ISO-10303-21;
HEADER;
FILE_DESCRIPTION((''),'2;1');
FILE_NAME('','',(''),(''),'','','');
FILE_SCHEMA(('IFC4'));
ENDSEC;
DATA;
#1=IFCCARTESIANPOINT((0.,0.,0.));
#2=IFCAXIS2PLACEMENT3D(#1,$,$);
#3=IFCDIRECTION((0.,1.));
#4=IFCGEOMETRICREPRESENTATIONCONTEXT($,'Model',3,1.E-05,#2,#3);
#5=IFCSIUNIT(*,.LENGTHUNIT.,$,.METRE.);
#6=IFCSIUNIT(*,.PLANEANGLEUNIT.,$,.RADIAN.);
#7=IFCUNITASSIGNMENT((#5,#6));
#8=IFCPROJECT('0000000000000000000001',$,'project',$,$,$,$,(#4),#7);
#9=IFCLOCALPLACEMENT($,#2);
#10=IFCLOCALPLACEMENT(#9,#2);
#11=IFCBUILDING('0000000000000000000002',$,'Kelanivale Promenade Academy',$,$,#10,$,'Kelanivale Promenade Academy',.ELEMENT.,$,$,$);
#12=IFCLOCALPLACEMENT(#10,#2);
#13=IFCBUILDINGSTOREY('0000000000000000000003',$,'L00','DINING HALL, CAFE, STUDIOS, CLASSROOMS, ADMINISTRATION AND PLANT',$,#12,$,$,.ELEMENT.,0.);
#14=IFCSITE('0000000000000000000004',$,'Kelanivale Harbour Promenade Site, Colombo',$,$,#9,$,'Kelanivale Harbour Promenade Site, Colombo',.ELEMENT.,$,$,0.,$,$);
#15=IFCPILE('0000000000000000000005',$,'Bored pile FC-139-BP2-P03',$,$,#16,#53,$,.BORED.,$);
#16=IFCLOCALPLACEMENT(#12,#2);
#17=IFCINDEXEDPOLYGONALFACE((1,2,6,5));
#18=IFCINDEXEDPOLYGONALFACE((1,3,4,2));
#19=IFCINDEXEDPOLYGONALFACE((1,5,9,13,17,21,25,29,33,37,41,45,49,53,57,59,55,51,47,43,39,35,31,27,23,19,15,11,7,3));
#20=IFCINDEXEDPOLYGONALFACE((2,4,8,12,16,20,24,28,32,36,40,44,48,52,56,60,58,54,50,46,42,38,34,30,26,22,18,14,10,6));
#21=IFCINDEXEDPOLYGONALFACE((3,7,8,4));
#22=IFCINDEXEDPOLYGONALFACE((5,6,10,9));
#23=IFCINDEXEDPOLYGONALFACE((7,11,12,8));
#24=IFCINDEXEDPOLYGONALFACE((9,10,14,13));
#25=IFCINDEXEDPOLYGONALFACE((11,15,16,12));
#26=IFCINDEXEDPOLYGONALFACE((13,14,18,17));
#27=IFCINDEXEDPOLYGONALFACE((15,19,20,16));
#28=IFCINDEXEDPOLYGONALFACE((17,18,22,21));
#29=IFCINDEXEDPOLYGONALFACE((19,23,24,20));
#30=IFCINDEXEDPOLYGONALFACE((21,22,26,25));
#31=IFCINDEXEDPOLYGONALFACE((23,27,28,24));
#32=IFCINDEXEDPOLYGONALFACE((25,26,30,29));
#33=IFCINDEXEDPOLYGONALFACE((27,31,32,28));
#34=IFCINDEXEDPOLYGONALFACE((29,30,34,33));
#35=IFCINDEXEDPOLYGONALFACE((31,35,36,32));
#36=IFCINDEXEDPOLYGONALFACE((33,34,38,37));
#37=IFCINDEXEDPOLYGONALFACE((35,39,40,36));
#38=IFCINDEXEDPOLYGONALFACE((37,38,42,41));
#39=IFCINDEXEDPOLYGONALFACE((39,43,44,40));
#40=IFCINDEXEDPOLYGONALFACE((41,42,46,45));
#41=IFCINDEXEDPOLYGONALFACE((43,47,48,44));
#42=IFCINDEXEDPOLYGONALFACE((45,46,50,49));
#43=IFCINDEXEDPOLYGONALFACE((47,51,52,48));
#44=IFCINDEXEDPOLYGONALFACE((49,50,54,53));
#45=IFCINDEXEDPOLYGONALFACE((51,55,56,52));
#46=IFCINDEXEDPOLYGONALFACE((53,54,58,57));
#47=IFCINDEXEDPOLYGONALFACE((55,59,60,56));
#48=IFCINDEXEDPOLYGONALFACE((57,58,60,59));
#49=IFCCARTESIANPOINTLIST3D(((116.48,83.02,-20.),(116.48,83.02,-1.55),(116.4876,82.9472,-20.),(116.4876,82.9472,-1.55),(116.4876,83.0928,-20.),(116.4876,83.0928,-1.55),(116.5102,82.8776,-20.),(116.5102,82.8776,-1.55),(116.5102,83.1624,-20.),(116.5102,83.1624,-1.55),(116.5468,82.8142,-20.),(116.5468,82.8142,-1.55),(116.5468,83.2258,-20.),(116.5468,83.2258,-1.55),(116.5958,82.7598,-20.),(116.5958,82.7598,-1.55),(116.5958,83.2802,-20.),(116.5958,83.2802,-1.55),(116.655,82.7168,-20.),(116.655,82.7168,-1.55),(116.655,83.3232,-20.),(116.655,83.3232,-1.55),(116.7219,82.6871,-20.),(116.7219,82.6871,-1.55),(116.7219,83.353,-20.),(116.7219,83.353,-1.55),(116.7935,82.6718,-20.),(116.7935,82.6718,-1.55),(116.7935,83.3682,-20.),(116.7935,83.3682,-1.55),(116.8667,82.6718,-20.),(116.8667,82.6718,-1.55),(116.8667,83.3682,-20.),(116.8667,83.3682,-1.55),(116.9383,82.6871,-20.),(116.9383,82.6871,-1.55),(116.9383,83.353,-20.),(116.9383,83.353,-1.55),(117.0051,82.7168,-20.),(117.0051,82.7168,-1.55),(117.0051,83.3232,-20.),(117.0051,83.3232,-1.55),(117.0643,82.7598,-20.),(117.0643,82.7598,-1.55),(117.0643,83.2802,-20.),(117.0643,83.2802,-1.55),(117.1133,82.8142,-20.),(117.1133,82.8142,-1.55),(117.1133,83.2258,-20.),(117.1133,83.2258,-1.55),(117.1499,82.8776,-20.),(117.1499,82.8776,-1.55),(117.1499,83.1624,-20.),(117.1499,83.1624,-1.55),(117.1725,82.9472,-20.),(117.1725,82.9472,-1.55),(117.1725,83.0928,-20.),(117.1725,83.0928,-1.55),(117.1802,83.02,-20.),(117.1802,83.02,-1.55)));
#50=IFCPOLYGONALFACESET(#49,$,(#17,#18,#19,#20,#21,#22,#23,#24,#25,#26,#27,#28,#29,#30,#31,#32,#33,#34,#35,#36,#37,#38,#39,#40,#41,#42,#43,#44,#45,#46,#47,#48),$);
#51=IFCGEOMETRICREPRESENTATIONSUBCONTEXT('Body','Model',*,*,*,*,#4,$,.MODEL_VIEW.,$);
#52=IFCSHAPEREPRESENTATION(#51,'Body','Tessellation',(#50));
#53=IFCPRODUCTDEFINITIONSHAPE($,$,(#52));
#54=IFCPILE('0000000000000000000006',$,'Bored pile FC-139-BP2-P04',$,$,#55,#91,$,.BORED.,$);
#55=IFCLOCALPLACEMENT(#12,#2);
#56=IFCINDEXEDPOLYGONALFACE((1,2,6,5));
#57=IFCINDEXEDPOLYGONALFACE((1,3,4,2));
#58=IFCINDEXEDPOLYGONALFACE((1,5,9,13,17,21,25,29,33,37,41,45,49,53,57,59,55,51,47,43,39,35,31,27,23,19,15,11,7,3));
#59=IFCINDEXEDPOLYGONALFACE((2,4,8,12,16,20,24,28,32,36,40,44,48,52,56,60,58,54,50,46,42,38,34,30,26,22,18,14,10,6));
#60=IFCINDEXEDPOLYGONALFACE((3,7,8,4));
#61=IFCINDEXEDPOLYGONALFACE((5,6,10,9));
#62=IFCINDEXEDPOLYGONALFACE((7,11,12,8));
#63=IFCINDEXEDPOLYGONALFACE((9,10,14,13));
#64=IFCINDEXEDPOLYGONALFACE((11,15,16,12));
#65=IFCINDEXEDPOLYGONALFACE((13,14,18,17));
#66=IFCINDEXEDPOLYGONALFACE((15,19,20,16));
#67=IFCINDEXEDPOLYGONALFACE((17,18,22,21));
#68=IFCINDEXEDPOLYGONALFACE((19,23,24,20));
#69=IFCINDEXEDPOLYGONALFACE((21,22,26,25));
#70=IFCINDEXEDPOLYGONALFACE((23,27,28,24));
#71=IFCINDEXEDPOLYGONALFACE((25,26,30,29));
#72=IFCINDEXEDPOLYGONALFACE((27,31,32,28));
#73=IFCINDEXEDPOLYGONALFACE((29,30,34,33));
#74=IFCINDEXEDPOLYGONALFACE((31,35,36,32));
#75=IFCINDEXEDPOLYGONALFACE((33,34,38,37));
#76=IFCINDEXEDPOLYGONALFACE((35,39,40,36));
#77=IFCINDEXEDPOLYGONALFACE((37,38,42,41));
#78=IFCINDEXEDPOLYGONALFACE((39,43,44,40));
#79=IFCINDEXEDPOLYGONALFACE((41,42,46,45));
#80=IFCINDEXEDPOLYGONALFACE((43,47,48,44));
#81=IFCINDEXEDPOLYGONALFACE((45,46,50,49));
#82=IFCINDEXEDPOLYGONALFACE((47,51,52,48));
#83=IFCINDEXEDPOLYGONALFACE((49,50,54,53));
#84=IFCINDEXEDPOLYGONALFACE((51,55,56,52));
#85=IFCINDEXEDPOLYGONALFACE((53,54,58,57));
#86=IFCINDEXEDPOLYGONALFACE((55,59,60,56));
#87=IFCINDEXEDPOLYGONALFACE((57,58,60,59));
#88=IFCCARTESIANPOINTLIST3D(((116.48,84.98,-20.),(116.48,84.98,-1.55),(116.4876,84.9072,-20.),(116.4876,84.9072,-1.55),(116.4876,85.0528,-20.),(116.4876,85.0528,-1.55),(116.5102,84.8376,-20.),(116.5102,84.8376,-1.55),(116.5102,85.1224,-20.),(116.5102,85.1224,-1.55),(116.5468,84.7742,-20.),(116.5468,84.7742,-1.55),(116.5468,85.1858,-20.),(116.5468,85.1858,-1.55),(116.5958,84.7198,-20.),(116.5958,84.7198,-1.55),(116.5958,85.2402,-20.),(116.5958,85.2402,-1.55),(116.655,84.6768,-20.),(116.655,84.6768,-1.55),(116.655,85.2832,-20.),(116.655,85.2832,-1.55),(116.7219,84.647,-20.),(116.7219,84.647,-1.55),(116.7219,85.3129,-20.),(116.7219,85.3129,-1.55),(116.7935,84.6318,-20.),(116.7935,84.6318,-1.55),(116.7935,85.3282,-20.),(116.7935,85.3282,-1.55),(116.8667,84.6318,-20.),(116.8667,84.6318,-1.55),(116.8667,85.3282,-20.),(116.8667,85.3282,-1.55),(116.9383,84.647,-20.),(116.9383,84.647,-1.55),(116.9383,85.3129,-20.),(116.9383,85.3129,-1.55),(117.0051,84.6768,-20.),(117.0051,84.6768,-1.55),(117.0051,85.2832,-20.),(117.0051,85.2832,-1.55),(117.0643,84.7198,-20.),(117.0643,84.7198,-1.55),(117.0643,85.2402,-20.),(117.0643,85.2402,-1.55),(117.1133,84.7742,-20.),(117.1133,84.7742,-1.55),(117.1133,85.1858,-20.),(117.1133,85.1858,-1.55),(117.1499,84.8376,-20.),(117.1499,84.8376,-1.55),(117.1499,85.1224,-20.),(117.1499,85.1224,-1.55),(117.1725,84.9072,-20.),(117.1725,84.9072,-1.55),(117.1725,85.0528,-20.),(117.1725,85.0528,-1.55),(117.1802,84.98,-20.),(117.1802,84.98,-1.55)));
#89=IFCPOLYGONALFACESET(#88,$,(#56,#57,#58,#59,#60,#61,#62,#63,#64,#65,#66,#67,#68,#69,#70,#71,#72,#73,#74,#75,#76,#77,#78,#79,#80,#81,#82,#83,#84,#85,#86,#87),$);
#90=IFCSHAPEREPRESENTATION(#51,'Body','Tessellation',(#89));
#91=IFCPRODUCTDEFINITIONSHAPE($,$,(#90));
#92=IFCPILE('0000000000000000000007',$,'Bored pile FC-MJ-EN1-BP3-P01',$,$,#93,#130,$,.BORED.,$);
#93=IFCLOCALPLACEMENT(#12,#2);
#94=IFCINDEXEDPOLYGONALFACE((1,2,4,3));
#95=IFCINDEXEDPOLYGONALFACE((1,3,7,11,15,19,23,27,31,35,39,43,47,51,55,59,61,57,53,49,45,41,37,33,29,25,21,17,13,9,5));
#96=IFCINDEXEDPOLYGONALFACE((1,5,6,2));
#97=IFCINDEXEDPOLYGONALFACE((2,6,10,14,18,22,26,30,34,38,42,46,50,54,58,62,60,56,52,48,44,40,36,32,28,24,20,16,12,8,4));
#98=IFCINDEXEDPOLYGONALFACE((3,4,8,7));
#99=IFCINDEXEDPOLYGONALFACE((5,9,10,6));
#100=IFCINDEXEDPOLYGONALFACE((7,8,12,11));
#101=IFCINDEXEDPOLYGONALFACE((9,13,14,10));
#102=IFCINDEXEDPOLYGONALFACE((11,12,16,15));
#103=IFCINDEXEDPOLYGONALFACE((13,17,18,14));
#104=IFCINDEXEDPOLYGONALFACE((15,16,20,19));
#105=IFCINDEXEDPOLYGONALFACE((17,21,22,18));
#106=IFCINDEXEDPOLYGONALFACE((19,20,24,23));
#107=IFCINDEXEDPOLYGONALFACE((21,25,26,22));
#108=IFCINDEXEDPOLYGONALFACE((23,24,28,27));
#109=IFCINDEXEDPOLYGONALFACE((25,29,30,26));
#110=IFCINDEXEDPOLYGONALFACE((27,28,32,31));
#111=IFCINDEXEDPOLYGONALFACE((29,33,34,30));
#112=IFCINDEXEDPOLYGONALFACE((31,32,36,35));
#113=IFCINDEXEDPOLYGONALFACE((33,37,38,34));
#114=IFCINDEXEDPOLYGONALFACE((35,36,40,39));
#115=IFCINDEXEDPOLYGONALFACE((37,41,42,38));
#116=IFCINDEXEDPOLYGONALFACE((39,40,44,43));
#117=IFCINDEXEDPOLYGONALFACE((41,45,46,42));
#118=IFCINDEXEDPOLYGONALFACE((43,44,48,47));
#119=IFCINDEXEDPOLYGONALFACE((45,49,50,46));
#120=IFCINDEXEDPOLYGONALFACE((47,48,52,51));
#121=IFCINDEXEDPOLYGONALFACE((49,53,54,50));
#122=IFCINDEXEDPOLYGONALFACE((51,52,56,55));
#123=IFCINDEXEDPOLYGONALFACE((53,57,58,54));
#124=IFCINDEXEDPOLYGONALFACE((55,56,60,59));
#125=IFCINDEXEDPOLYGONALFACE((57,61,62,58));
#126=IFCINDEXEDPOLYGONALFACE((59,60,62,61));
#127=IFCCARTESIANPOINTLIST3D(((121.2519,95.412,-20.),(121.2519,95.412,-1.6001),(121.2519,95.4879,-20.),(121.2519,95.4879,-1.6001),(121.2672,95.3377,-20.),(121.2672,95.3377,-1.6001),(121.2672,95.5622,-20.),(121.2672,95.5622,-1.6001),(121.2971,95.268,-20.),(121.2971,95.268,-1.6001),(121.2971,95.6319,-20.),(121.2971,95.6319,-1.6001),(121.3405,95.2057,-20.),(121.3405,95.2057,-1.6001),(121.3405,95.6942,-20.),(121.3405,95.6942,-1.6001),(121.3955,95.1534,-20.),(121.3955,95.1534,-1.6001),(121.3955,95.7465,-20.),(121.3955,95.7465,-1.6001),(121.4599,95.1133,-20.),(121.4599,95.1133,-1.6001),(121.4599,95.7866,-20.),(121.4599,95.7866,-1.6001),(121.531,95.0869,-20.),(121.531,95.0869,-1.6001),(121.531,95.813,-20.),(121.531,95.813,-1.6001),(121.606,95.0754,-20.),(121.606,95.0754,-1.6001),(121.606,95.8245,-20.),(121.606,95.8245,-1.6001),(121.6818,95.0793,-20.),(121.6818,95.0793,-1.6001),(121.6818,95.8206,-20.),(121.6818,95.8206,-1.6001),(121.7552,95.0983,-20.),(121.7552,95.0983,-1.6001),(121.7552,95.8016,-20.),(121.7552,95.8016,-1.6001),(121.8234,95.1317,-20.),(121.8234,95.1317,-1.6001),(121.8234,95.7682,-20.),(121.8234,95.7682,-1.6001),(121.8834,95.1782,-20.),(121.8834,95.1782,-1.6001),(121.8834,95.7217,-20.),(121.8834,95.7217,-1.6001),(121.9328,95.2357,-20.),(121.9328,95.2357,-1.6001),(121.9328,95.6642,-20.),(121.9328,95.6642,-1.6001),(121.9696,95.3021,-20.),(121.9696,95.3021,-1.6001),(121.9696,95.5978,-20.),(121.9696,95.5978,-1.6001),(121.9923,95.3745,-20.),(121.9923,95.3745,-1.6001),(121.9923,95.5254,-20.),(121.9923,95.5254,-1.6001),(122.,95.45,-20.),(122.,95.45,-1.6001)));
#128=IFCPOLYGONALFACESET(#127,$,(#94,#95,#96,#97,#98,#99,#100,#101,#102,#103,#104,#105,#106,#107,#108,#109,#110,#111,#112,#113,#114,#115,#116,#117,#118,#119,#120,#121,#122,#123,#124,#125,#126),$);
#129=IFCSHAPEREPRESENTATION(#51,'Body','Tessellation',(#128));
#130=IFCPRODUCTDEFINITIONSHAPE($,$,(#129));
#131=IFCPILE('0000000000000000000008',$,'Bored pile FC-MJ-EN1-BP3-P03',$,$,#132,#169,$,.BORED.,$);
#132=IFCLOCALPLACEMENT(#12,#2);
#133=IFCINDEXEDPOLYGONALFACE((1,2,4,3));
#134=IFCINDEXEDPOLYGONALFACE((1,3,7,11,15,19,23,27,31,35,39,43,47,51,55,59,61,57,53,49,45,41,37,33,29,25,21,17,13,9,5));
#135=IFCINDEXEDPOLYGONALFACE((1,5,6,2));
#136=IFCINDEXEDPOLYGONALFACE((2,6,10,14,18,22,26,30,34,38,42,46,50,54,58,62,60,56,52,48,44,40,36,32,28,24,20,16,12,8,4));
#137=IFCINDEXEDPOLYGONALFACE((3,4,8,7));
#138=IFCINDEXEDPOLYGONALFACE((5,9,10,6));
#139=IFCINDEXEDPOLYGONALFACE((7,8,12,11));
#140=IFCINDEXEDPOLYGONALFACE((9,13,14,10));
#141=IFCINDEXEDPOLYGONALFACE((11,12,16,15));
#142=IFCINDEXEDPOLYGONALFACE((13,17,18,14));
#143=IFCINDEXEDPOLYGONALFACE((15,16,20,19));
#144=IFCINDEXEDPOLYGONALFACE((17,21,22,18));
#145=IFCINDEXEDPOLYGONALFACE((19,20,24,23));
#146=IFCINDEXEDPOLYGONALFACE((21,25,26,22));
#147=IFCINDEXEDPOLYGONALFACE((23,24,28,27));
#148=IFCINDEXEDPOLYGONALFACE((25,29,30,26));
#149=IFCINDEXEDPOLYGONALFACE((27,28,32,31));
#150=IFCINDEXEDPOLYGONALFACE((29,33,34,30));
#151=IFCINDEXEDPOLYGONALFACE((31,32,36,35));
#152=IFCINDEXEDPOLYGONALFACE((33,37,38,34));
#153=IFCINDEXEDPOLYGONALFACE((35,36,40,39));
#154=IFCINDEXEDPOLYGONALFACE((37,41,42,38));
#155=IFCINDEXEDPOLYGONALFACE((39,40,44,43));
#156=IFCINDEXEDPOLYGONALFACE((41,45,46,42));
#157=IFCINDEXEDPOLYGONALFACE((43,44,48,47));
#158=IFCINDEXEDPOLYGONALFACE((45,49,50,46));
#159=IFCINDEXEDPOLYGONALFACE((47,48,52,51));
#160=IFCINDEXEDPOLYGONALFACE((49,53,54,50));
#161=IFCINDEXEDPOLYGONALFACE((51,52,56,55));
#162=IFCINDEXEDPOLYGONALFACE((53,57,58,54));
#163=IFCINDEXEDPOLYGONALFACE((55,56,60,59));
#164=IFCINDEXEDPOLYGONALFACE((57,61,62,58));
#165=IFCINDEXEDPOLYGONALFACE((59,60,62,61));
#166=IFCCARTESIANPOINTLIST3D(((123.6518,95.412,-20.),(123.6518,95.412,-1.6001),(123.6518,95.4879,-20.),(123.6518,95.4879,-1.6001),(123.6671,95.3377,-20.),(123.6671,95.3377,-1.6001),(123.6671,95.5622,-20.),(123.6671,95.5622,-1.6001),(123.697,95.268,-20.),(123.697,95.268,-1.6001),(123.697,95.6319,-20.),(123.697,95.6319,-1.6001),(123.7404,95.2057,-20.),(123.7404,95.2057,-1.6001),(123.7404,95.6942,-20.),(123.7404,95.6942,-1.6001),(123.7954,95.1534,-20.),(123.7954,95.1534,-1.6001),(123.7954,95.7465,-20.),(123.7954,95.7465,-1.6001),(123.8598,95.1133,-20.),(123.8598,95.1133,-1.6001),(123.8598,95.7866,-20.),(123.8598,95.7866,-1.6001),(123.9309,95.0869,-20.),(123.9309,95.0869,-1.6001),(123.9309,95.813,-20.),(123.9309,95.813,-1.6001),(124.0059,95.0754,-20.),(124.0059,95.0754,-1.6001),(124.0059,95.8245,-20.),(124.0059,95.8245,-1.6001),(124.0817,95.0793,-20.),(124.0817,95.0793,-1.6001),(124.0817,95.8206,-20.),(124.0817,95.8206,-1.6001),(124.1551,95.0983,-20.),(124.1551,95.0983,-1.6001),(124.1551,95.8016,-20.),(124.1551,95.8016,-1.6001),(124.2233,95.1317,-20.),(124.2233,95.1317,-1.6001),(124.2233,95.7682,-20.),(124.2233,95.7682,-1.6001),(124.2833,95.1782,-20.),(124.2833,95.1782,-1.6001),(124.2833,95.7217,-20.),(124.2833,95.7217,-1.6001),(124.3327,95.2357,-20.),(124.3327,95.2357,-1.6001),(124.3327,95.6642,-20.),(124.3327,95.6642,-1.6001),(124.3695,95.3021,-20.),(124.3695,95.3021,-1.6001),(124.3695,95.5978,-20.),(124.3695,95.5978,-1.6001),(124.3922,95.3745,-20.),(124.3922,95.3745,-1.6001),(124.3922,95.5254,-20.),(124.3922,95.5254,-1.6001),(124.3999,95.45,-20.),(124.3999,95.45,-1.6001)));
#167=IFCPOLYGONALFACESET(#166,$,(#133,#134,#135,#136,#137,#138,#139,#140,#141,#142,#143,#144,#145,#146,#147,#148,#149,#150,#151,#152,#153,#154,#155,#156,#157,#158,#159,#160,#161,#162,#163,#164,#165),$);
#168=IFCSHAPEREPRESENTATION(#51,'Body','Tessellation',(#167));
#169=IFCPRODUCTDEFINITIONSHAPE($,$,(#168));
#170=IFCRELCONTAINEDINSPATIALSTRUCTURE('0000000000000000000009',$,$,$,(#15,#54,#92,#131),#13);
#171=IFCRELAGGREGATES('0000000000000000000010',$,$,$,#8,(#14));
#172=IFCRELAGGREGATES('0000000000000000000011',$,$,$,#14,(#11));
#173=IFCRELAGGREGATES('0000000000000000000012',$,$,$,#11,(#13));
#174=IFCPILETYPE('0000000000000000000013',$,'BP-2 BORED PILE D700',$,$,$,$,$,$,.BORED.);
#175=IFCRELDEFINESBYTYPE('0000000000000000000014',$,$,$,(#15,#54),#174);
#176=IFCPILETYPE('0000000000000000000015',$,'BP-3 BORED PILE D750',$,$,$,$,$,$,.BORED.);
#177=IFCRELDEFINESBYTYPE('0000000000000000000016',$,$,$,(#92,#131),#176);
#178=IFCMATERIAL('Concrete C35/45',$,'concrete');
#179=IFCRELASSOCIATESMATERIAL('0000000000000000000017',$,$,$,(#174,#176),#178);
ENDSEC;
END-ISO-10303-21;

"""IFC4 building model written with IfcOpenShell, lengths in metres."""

from ifc_helpers import new_model, si_unit, direction, frame, origin, origin_2d, place, context, subcontext, project, spatial, circle, extrude, material, material_profile, profile_set, type_object, element, save


model = new_model("IFC4")

# Units and contexts
model_context = context("Model", 3, precision=1e-05, world=origin(), true_north=direction((0.0, 1.0)))
body_context = subcontext(model_context, "Body", "Model", "MODEL_VIEW")
ifc_project = project(units=[si_unit("LENGTHUNIT", "METRE"), si_unit("PLANEANGLEUNIT", "RADIAN")], contexts=[model_context])

# Site, building, storey
site_placement = place(None, origin())
site = spatial("IfcSite", under=ifc_project, at=site_placement, Name="Kelanivale Harbour Promenade Site, Colombo", LongName="Kelanivale Harbour Promenade Site, Colombo", CompositionType="ELEMENT", RefElevation=0.0)
building_placement = place(site_placement, origin())
building = spatial("IfcBuilding", under=site, at=building_placement, Name="Kelanivale Promenade Academy", LongName="Kelanivale Promenade Academy", CompositionType="ELEMENT")
storey_placement = place(building_placement, origin())
storey = spatial("IfcBuildingStorey", under=building, at=storey_placement, Name="L00", Description="DINING HALL, CAFE, STUDIOS, CLASSROOMS, ADMINISTRATION AND PLANT", CompositionType="ELEMENT", Elevation=0.0)

# Piles
ifc_material_1 = material(Name="Concrete C35/45", Category="concrete")
ifc_material_profile_1 = material_profile(ifc_material_1, circle(Radius=0.3501, at=origin_2d()), Name="BORED PILE D700")
ifc_profile_set_1 = profile_set([ifc_material_profile_1], Name="Concrete C35/45")
pile_type_1 = type_object("IfcPileType", Name="BP-2 BORED PILE D700", PredefinedType="BORED", material=ifc_profile_set_1)
for number, where, z_axis, x_axis, name in (
    (1, (116.8301, 83.02, -1.55), (0.0, 0.0, -1.0), (1.0, 0.0, 0.0), "Bored pile FC-139-BP2-P03"),
    (2, (116.8301, 84.98, -1.55), (0.0, 0.0, -1.0), (1.0, 0.0, 0.0), "Bored pile FC-139-BP2-P04"),
):
    element("IfcPile", number, at=place(storey_placement, frame(where, z_axis=z_axis, x_axis=x_axis)), inside=storey, type_object=pile_type_1, Name=name, PredefinedType="BORED", context=body_context, shape_type="SweptSolid", body=[
        extrude(circle(Radius=0.3501, at=origin_2d()), origin(), (0.0, 0.0, 1.0), 18.45),
    ])
ifc_material_profile_2 = material_profile(ifc_material_1, circle(Radius=0.375, at=origin_2d()), Name="BORED PILE D750")
ifc_profile_set_2 = profile_set([ifc_material_profile_2], Name="Concrete C35/45")
pile_type_2 = type_object("IfcPileType", Name="BP-3 BORED PILE D750", PredefinedType="BORED", material=ifc_profile_set_2)
for number, where, z_axis, x_axis, name in (
    (3, (121.625, 95.45, -1.6001), (0.0, 0.0, -1.0), (1.0, 0.0, 0.0), "Bored pile FC-MJ-EN1-BP3-P01"),
    (4, (124.0249, 95.45, -1.6001), (0.0, 0.0, -1.0), (1.0, 0.0, 0.0), "Bored pile FC-MJ-EN1-BP3-P03"),
):
    element("IfcPile", number, at=place(storey_placement, frame(where, z_axis=z_axis, x_axis=x_axis)), inside=storey, type_object=pile_type_2, Name=name, PredefinedType="BORED", context=body_context, shape_type="SweptSolid", body=[
        extrude(circle(Radius=0.375, at=origin_2d()), origin(), (0.0, 0.0, 1.0), 18.3999),
    ])

save(model, "model.ifc")
